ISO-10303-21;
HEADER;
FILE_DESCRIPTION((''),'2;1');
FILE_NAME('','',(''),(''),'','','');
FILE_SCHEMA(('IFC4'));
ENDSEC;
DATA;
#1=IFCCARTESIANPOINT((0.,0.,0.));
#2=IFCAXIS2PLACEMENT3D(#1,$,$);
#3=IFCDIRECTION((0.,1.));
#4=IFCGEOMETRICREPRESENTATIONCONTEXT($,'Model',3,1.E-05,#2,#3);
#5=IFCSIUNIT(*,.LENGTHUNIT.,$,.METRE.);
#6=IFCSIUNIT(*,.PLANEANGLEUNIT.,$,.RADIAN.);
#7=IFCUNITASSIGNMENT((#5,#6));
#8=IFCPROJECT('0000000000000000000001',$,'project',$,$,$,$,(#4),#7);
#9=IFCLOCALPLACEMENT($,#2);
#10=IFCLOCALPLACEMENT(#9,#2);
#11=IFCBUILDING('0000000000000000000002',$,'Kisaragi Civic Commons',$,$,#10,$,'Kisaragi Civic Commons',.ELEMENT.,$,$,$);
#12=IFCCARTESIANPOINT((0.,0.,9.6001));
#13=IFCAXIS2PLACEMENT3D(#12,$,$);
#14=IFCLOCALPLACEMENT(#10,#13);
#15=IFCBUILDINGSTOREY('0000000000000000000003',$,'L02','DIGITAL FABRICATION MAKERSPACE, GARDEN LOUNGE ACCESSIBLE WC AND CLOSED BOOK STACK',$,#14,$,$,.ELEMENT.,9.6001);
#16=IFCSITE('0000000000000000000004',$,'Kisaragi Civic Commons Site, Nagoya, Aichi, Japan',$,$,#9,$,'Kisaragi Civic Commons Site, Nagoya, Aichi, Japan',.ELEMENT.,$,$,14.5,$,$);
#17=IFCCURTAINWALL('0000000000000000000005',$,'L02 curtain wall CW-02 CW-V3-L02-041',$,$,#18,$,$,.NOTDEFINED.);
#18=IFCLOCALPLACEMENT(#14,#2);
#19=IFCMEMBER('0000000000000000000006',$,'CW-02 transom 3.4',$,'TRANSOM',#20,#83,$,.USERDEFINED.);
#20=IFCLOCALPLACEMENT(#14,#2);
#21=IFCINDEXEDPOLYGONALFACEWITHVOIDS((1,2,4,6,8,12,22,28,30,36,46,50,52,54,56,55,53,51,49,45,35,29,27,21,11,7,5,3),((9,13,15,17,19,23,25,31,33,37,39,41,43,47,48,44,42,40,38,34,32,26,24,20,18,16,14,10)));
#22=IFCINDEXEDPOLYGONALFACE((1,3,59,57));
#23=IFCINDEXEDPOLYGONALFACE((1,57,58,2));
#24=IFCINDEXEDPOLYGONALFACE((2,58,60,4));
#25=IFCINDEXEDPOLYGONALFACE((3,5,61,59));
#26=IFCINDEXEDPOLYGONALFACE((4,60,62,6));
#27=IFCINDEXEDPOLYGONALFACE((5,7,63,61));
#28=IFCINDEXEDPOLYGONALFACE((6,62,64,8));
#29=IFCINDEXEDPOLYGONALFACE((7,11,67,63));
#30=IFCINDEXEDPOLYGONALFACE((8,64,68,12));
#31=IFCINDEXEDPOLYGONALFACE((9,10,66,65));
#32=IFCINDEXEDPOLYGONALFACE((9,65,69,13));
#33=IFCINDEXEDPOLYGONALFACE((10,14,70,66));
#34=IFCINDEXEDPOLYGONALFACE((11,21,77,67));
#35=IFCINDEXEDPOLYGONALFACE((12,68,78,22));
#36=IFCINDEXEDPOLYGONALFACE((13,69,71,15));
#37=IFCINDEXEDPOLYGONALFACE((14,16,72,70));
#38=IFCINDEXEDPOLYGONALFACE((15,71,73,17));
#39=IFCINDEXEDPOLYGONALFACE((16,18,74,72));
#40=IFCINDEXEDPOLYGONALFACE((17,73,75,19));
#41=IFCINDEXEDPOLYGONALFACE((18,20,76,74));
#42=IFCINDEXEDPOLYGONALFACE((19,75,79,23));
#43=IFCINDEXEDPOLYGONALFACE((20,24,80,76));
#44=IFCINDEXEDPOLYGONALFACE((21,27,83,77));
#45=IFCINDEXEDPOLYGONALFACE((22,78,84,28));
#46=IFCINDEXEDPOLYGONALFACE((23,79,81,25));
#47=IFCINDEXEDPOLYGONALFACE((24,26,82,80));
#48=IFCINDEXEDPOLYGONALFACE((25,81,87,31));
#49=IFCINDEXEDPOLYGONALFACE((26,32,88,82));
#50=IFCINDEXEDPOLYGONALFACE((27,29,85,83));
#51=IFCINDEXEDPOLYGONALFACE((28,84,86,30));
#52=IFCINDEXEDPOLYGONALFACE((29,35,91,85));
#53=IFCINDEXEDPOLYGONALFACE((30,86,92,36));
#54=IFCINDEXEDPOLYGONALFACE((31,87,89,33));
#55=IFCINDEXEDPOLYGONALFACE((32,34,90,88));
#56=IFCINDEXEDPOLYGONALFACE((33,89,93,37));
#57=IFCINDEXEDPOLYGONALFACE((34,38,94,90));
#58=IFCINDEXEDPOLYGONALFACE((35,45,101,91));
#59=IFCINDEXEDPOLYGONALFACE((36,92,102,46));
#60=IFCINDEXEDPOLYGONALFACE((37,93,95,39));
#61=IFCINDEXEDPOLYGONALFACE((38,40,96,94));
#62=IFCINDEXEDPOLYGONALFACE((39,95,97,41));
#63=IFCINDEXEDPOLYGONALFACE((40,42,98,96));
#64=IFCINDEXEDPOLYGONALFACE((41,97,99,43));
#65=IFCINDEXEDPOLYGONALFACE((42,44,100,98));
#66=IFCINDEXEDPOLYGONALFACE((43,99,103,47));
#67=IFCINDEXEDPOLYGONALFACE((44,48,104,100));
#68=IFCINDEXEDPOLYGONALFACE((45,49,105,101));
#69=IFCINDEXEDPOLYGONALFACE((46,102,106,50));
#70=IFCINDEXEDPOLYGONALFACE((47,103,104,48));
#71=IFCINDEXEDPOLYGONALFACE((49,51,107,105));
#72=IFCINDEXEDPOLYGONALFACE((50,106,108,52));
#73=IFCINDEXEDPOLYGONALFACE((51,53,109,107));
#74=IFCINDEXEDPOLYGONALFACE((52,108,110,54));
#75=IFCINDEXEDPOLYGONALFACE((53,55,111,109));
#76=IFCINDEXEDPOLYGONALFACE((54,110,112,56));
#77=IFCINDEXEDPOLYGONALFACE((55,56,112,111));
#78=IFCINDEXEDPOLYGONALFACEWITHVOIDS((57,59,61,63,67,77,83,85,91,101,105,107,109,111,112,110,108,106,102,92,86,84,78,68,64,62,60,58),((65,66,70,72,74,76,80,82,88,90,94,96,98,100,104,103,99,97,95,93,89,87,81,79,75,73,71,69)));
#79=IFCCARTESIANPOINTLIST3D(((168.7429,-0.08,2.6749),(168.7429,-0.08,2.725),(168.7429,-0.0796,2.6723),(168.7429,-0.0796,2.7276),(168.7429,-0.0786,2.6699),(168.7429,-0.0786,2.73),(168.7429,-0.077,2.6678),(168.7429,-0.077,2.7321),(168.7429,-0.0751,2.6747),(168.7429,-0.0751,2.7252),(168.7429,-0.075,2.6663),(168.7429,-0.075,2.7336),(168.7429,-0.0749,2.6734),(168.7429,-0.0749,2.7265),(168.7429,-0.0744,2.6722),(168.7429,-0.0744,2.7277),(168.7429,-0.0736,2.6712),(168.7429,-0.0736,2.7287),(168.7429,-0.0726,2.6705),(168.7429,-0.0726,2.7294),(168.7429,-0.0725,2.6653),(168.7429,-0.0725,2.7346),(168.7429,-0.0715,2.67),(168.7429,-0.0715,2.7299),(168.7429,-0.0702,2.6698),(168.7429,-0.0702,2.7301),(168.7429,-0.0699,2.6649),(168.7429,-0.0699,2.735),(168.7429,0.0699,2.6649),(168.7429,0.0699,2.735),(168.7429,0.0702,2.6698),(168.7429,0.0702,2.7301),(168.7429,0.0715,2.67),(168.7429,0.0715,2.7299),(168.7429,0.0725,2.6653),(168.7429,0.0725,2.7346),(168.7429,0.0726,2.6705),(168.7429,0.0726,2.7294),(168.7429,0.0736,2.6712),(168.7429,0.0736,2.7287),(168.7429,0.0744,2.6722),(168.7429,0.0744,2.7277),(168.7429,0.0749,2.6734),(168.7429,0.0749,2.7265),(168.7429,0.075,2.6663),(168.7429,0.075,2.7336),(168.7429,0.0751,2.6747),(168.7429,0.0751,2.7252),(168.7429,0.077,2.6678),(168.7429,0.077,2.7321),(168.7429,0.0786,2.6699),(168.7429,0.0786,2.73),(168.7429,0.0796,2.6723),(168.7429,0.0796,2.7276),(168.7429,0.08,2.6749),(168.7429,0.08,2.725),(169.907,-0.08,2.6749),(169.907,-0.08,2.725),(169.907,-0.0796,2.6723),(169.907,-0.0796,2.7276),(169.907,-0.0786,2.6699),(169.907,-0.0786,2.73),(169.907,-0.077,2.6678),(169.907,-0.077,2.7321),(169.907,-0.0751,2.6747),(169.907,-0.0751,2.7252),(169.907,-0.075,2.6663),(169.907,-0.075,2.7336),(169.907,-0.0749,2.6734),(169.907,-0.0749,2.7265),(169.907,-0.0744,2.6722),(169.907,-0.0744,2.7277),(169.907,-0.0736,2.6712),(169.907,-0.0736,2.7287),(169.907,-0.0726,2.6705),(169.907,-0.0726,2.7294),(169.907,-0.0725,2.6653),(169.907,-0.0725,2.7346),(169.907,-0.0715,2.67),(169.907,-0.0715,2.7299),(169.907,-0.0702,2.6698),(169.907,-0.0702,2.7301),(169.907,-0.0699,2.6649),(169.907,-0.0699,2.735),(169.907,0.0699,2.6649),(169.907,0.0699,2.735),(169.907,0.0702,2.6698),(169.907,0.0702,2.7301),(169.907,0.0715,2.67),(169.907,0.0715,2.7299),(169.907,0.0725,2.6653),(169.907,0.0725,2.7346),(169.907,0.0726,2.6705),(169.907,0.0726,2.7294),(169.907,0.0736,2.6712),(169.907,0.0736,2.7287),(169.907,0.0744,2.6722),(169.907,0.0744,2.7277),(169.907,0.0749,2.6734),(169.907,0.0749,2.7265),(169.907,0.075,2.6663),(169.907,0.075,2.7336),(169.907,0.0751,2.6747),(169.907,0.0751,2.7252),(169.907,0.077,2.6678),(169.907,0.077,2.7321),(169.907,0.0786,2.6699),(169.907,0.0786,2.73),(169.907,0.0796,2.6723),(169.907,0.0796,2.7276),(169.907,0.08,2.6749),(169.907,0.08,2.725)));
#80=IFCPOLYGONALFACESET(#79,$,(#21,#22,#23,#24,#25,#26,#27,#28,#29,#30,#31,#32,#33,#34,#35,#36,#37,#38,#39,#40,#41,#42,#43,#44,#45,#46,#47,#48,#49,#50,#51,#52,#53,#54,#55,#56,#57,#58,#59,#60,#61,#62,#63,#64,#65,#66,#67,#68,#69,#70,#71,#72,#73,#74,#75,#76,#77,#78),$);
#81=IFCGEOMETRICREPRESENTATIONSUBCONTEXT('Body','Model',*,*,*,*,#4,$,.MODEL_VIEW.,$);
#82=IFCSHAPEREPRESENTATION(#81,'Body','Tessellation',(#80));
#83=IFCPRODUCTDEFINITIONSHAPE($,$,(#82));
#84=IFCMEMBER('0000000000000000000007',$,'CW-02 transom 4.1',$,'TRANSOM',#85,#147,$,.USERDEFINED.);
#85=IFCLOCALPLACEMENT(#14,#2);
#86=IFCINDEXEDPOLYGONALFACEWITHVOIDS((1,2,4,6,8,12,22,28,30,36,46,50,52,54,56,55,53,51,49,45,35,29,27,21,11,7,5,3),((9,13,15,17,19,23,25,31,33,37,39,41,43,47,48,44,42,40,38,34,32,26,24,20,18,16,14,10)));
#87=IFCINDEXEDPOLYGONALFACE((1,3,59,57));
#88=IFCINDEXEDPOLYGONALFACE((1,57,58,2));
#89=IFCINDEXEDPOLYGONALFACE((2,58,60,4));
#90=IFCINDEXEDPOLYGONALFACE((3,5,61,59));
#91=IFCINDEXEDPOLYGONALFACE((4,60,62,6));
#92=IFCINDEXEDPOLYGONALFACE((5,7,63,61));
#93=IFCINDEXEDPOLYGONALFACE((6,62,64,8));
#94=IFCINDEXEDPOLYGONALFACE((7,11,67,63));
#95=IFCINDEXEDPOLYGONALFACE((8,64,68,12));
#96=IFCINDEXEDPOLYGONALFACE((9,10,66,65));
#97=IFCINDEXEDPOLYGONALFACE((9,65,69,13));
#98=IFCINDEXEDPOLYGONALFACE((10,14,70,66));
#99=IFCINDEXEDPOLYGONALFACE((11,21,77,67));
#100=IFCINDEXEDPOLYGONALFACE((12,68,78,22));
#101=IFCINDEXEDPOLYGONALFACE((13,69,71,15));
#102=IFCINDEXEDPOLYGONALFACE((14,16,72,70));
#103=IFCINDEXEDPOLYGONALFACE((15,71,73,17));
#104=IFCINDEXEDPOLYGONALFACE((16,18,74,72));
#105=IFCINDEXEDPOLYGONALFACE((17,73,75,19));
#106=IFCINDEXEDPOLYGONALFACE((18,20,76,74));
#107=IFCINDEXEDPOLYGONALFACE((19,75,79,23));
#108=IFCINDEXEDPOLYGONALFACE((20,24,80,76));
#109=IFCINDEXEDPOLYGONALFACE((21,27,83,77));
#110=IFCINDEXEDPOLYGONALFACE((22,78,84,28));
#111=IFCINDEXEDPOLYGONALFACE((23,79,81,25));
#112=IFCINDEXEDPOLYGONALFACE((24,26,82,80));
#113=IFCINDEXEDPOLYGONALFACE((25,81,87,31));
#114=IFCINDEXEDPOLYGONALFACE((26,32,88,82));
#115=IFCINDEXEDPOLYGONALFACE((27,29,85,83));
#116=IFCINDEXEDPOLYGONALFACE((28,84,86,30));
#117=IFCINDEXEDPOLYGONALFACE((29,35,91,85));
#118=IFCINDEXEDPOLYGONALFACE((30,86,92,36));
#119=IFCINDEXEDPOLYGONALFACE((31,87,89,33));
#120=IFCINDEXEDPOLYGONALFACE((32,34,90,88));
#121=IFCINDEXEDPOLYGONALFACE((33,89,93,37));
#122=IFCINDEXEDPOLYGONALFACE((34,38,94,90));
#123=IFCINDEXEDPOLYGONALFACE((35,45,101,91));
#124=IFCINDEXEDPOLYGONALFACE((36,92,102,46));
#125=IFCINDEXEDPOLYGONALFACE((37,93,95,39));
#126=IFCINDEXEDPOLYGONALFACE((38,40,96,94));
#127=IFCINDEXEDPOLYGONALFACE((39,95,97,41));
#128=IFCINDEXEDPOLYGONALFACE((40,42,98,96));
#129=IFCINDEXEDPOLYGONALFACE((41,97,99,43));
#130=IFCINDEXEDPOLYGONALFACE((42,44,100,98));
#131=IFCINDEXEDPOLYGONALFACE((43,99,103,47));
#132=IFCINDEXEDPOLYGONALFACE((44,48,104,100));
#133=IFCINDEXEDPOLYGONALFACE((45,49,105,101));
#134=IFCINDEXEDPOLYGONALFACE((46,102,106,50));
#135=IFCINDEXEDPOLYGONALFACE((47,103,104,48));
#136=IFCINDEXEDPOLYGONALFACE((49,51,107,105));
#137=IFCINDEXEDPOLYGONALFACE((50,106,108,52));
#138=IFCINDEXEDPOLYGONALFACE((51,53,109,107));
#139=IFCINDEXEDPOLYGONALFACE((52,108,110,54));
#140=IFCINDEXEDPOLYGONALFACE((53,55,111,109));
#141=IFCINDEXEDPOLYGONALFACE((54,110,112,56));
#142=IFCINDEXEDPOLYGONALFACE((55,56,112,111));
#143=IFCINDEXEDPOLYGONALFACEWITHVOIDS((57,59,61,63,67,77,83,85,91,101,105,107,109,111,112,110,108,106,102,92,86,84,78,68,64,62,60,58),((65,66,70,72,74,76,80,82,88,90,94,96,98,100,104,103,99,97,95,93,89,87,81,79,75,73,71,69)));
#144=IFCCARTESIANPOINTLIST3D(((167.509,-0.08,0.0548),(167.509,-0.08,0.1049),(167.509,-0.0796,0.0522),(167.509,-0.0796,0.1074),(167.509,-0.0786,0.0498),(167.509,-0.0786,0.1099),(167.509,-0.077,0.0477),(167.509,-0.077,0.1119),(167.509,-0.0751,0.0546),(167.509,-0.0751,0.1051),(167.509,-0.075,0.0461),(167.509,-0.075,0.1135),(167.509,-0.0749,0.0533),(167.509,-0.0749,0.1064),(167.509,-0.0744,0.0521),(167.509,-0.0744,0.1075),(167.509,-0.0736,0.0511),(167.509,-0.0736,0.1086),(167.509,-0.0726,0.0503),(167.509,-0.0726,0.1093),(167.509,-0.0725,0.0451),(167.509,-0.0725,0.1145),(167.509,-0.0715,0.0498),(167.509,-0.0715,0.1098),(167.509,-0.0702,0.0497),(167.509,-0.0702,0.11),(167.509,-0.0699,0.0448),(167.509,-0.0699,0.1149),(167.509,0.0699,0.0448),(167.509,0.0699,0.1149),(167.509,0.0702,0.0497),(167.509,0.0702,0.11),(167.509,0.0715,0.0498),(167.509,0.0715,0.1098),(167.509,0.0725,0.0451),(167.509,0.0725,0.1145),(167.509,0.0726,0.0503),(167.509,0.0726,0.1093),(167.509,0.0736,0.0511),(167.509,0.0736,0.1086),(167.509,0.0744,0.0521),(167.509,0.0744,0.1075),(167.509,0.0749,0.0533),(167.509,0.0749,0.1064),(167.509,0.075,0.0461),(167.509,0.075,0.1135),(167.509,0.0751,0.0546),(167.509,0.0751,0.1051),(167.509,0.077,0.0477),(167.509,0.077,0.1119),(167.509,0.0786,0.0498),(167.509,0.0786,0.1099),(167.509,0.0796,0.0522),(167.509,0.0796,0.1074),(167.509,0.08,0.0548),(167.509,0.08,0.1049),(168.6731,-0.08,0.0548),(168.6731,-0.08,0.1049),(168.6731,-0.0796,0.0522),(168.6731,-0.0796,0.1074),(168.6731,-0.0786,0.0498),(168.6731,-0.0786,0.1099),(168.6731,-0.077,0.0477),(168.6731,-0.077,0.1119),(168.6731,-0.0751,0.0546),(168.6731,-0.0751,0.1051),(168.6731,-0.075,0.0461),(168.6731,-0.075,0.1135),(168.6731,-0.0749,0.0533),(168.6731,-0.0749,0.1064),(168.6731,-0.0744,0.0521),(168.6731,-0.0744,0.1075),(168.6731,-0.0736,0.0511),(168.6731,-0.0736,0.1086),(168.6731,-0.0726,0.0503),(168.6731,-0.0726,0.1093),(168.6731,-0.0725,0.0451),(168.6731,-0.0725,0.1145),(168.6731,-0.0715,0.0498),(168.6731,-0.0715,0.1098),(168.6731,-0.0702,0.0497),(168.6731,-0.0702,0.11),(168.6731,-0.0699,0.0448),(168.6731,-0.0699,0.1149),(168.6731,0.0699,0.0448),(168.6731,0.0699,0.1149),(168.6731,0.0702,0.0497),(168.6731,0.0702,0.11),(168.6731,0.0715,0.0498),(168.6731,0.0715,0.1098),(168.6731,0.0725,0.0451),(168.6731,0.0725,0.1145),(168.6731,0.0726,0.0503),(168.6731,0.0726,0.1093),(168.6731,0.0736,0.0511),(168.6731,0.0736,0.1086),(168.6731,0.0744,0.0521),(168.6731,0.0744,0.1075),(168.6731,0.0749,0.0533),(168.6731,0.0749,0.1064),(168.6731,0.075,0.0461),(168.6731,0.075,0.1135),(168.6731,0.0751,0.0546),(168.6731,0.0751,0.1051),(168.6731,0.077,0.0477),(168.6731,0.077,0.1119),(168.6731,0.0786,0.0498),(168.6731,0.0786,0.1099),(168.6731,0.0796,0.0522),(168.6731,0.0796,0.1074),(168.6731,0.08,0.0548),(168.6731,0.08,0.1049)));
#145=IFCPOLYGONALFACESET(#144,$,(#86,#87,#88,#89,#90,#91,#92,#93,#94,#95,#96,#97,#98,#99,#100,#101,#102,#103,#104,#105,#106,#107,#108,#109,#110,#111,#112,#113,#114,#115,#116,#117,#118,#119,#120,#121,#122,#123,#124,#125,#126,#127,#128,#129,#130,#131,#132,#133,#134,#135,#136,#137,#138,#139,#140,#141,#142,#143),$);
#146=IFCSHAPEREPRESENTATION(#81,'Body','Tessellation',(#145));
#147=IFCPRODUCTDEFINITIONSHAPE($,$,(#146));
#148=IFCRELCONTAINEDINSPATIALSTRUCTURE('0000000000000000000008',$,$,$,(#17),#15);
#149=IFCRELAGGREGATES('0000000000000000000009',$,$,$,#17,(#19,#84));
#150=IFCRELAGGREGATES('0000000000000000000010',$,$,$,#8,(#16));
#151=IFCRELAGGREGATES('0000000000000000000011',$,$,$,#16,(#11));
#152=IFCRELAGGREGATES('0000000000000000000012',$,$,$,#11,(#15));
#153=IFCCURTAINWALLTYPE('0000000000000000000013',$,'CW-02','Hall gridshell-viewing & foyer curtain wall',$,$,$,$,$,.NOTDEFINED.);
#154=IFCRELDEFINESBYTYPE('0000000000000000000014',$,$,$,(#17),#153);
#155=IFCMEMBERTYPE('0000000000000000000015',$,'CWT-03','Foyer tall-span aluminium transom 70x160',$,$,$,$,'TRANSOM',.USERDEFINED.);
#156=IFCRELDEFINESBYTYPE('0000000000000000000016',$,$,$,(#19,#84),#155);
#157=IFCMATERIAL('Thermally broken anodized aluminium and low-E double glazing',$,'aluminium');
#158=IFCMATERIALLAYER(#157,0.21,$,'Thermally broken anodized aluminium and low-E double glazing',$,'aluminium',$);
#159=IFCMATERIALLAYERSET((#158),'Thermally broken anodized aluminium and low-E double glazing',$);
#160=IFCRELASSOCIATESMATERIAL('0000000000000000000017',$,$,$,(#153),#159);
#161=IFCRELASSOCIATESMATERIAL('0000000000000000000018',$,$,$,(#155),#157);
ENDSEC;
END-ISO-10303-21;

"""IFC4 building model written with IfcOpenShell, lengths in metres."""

from ifc_helpers import new_model, si_unit, direction, frame, origin, origin_2d, place, context, subcontext, project, spatial, hollow_rectangle, extrude, material, layer, layer_set, material_profile, profile_set, type_object, element, aggregate, save


model = new_model("IFC4")

# Units and contexts
model_context = context("Model", 3, precision=1e-05, world=origin(), true_north=direction((0.0, 1.0)))
body_context = subcontext(model_context, "Body", "Model", "MODEL_VIEW")
ifc_project = project(units=[si_unit("LENGTHUNIT", "METRE"), si_unit("PLANEANGLEUNIT", "RADIAN")], contexts=[model_context])

# Site, building, storey
site_placement = place(None, origin())
site = spatial("IfcSite", under=ifc_project, at=site_placement, Name="Kisaragi Civic Commons Site, Nagoya, Aichi, Japan", LongName="Kisaragi Civic Commons Site, Nagoya, Aichi, Japan", CompositionType="ELEMENT", RefElevation=14.5)
building_placement = place(site_placement, origin())
building = spatial("IfcBuilding", under=site, at=building_placement, Name="Kisaragi Civic Commons", LongName="Kisaragi Civic Commons", CompositionType="ELEMENT")
storey_placement = place(building_placement, frame((0.0, 0.0, 9.6001)))
storey = spatial("IfcBuildingStorey", under=building, at=storey_placement, Name="L02", Description="DIGITAL FABRICATION MAKERSPACE, GARDEN LOUNGE ACCESSIBLE WC AND CLOSED BOOK STACK", CompositionType="ELEMENT", Elevation=9.6001)

# Curtain wall, members
ifc_material_1 = material(Name="Thermally broken anodized aluminium and low-E double glazing", Category="aluminium")
ifc_layer_1 = layer(ifc_material_1, 0.21, Name="Thermally broken anodized aluminium and low-E double glazing", Category="aluminium")
ifc_layer_set_1 = layer_set([ifc_layer_1], Name="Thermally broken anodized aluminium and low-E double glazing")
curtain_wall_type = type_object("IfcCurtainWallType", Name="CW-02", Description="Hall gridshell-viewing & foyer curtain wall", PredefinedType="NOTDEFINED", material=ifc_layer_set_1)
curtain_wall_placement = place(storey_placement, origin())
curtain_wall = element("IfcCurtainWall", 1, at=curtain_wall_placement, inside=storey, type_object=curtain_wall_type, Name="L02 curtain wall CW-02 CW-V3-L02-041", PredefinedType="NOTDEFINED")
ifc_material_profile_1 = material_profile(ifc_material_1, hollow_rectangle(XDim=0.1599, YDim=0.0701, WallThickness=0.0049, InnerFilletRadius=0.0049, OuterFilletRadius=0.01, at=origin_2d()), Name="CWT-70x160x5", Category="aluminium")
ifc_profile_set_1 = profile_set([ifc_material_profile_1], Name="Thermally broken anodized aluminium and low-E double glazing")
member_type_1 = type_object("IfcMemberType", Name="CWT-03", Description="Foyer tall-span aluminium transom 70x160", ElementType="TRANSOM", PredefinedType="USERDEFINED", material=ifc_profile_set_1)
member_1_placement = place(storey_placement, frame((169.907, 0.0, 2.7), z_axis=(-1.0, 0.0, 0.0), x_axis=(0.0, -1.0, 0.0)))
member_1 = element("IfcMember", 2, at=member_1_placement, type_object=member_type_1, Name="CW-02 transom 3.4", ObjectType="TRANSOM", PredefinedType="USERDEFINED", context=body_context, shape_type="SweptSolid", body=[
    extrude(hollow_rectangle(XDim=0.1599, YDim=0.0701, WallThickness=0.0049, InnerFilletRadius=0.0049, OuterFilletRadius=0.01, at=origin_2d()), origin(), (0.0, 0.0, 1.0), 1.1641),
])
member_2_placement = place(storey_placement, frame((168.6731, 0.0, 0.0798), z_axis=(-1.0, 0.0, 0.0), x_axis=(0.0, -1.0, 0.0)))
member_2 = element("IfcMember", 3, at=member_2_placement, type_object=member_type_1, Name="CW-02 transom 4.1", ObjectType="TRANSOM", PredefinedType="USERDEFINED", context=body_context, shape_type="SweptSolid", body=[
    extrude(hollow_rectangle(XDim=0.1599, YDim=0.0701, WallThickness=0.0049, InnerFilletRadius=0.0049, OuterFilletRadius=0.01, at=origin_2d()), origin(), (0.0, 0.0, 1.0), 1.1641),
])
aggregate(curtain_wall, [member_1, member_2])

save(model, "model.ifc")
